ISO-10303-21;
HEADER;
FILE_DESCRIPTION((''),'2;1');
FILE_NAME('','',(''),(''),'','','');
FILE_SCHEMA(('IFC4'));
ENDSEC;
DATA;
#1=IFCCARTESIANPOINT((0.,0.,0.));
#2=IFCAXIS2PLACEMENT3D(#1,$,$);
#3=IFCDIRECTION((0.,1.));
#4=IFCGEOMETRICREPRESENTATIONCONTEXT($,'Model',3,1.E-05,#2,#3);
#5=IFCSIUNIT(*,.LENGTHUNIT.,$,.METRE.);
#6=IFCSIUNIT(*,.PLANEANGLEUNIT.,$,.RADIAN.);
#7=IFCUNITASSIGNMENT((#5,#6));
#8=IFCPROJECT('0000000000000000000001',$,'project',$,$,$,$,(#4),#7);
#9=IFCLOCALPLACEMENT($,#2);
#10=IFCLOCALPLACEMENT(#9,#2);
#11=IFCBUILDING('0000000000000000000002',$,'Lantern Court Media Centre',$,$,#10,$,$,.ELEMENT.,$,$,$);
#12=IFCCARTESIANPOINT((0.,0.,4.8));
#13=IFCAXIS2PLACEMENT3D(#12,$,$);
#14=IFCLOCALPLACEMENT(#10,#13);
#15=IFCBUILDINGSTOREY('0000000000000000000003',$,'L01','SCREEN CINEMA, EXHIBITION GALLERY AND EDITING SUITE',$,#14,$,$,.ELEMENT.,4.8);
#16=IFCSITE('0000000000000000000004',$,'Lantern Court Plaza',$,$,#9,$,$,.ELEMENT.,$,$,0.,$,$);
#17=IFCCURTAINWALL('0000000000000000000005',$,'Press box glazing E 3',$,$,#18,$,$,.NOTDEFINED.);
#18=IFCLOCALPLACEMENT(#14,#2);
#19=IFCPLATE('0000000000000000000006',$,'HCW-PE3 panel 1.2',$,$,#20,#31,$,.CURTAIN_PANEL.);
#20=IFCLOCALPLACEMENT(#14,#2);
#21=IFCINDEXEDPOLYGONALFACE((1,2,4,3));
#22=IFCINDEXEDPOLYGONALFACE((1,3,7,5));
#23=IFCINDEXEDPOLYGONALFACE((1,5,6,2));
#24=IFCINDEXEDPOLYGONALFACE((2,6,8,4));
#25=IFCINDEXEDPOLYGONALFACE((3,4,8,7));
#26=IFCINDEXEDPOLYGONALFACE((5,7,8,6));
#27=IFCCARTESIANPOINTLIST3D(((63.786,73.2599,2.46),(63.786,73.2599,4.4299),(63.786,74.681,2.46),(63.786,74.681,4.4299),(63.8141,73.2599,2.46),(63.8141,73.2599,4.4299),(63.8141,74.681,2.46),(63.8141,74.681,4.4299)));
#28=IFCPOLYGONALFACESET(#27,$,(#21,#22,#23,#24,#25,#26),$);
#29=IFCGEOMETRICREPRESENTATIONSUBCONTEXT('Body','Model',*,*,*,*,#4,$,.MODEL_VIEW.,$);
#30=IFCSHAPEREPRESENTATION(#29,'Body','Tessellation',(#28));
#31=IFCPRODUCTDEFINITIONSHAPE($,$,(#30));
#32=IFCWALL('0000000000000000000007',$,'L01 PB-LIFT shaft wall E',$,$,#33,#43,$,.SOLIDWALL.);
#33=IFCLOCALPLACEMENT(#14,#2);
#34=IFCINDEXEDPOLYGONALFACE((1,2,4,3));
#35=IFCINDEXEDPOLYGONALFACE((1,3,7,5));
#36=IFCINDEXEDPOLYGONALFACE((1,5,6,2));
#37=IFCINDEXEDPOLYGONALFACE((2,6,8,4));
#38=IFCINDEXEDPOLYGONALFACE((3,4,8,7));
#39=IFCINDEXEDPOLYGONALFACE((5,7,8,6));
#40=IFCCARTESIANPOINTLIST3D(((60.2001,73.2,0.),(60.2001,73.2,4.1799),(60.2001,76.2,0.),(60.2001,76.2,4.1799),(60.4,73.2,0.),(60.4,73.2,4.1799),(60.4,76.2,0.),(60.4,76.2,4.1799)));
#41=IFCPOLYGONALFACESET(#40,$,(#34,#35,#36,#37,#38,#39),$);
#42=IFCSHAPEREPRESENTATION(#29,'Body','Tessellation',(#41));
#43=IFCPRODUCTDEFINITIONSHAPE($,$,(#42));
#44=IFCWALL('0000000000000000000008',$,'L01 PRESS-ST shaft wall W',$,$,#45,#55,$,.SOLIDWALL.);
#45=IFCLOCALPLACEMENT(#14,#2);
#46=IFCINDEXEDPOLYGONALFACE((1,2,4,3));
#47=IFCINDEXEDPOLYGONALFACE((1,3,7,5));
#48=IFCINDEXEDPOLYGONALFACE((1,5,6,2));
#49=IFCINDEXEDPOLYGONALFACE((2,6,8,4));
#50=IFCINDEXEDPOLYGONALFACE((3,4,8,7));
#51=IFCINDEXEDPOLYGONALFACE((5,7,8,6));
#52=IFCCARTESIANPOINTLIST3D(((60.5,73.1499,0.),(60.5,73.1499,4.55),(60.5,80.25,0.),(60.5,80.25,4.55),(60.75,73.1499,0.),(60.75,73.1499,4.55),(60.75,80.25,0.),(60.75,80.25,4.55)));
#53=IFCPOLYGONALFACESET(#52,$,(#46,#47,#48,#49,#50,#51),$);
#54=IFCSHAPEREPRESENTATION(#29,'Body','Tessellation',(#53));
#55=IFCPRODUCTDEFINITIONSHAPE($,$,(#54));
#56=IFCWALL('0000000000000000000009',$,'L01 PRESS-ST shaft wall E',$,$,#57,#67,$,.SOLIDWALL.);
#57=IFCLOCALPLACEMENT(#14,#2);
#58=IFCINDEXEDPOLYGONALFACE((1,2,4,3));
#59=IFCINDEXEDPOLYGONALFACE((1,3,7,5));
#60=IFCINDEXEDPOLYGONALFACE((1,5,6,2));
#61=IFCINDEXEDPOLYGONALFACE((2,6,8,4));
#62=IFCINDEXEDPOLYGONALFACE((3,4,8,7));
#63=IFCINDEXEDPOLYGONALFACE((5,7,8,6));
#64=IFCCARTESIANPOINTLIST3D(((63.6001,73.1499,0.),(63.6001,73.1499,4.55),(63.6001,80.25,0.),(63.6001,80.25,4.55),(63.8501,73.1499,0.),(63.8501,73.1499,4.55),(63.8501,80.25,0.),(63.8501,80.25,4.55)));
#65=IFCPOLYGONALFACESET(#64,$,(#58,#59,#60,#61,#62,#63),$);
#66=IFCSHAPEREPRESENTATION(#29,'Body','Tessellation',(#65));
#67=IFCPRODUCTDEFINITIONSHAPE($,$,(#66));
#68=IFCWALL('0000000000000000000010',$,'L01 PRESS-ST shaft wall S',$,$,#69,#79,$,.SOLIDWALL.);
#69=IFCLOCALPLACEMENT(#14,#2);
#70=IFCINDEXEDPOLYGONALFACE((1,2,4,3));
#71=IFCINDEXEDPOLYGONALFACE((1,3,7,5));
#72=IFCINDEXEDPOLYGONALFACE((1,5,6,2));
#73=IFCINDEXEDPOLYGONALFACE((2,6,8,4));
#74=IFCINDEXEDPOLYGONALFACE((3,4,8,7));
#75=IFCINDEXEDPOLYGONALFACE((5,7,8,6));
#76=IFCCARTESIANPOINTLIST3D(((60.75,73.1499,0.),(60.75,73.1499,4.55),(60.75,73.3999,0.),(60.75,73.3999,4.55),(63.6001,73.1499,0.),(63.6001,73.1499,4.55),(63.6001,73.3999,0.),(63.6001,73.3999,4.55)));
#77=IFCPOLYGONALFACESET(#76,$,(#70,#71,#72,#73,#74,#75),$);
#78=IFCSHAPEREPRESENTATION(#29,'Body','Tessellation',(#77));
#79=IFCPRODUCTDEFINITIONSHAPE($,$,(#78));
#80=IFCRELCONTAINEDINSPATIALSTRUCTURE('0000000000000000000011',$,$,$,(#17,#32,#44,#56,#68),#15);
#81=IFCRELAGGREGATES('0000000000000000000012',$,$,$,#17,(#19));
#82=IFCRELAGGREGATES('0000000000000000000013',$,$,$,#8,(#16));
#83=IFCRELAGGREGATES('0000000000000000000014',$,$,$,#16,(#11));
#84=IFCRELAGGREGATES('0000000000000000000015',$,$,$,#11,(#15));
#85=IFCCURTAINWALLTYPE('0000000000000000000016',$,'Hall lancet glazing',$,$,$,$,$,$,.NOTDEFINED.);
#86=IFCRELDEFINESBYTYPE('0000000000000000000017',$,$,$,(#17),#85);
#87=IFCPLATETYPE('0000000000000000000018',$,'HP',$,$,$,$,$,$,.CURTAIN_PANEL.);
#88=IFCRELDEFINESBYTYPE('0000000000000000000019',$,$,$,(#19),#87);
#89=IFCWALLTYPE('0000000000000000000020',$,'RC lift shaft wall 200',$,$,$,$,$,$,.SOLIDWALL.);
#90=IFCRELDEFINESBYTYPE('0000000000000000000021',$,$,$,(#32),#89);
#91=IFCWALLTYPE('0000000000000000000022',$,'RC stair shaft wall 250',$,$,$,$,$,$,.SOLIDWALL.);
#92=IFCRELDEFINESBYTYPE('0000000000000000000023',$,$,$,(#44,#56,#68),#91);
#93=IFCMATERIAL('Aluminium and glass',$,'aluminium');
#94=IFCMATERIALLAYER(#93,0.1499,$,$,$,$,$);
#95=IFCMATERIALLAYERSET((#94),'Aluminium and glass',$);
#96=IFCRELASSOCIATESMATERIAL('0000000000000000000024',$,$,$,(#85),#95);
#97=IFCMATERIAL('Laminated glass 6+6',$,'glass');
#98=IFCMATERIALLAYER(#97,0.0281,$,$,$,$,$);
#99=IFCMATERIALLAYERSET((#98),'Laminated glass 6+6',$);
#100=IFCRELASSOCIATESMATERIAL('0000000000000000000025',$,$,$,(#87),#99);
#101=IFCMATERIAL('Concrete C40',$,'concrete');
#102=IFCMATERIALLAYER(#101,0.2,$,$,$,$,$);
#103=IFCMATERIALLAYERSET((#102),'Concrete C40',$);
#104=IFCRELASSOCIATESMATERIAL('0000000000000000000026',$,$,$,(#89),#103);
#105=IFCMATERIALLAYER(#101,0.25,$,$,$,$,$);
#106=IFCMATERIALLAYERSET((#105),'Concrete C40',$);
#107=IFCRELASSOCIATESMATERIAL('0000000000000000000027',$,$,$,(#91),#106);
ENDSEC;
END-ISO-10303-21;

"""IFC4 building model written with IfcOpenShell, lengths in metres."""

from ifc_helpers import new_model, si_unit, direction, frame, frame_2d, origin, origin_2d, place, context, subcontext, project, spatial, rectangle, extrude, material, layer, layer_set, type_object, element, aggregate, save


model = new_model("IFC4")

# Units and contexts
model_context = context("Model", 3, precision=1e-05, world=origin(), true_north=direction((0.0, 1.0)))
body_context = subcontext(model_context, "Body", "Model", "MODEL_VIEW")
ifc_project = project(units=[si_unit("LENGTHUNIT", "METRE"), si_unit("PLANEANGLEUNIT", "RADIAN")], contexts=[model_context])

# Site, building, storey
site_placement = place(None, origin())
site = spatial("IfcSite", under=ifc_project, at=site_placement, Name="Lantern Court Plaza", CompositionType="ELEMENT", RefElevation=0.0)
building_placement = place(site_placement, origin())
building = spatial("IfcBuilding", under=site, at=building_placement, Name="Lantern Court Media Centre", CompositionType="ELEMENT")
storey_placement = place(building_placement, frame((0.0, 0.0, 4.8)))
storey = spatial("IfcBuildingStorey", under=building, at=storey_placement, Name="L01", Description="SCREEN CINEMA, EXHIBITION GALLERY AND EDITING SUITE", CompositionType="ELEMENT", Elevation=4.8)

# Curtain wall
ifc_material_1 = material(Name="Aluminium and glass", Category="aluminium")
ifc_layer_1 = layer(ifc_material_1, 0.1499)
ifc_layer_set_1 = layer_set([ifc_layer_1], Name="Aluminium and glass")
curtain_wall_type = type_object("IfcCurtainWallType", Name="Hall lancet glazing", PredefinedType="NOTDEFINED", material=ifc_layer_set_1)
curtain_wall_1_placement = place(storey_placement, origin())
curtain_wall_1 = element("IfcCurtainWall", 1, at=curtain_wall_1_placement, inside=storey, type_object=curtain_wall_type, Name="Press box glazing E 3", PredefinedType="NOTDEFINED")

# Plate
ifc_material_2 = material(Name="Laminated glass 6+6", Category="glass")
ifc_layer_2 = layer(ifc_material_2, 0.0281)
ifc_layer_set_2 = layer_set([ifc_layer_2], Name="Laminated glass 6+6")
plate_type = type_object("IfcPlateType", Name="HP", PredefinedType="CURTAIN_PANEL", material=ifc_layer_set_2)
plate_1_placement = place(storey_placement, frame((63.8, 73.9705, 2.46), z_axis=(0.0, 0.0, 1.0), x_axis=(0.0, 1.0, 0.0)))
plate_1 = element("IfcPlate", 2, at=plate_1_placement, type_object=plate_type, Name="HCW-PE3 panel 1.2", PredefinedType="CURTAIN_PANEL", context=body_context, shape_type="SweptSolid", body=[
    extrude(rectangle(XDim=1.4211, YDim=0.0281, at=origin_2d()), origin(), (0.0, 0.0, 1.0), 1.97),
])
aggregate(curtain_wall_1, [plate_1])

# Walls
ifc_material_3 = material(Name="Concrete C40", Category="concrete")
ifc_layer_3 = layer(ifc_material_3, 0.2)
ifc_layer_set_3 = layer_set([ifc_layer_3], Name="Concrete C40")
wall_type_1 = type_object("IfcWallType", Name="RC lift shaft wall 200", PredefinedType="SOLIDWALL", material=ifc_layer_set_3)
wall_1_placement = place(storey_placement, frame((60.3, 73.2, 0.0), z_axis=(0.0, 0.0, 1.0), x_axis=(0.0, 1.0, 0.0)))
element("IfcWall", 3, at=wall_1_placement, inside=storey, type_object=wall_type_1, Name="L01 PB-LIFT shaft wall E", PredefinedType="SOLIDWALL", context=body_context, shape_type="SweptSolid", body=[
    extrude(rectangle(XDim=3.0, YDim=0.2, at=frame_2d((1.5, 0.0))), origin(), (0.0, 0.0, 1.0), 4.1799),
])
ifc_layer_4 = layer(ifc_material_3, 0.25)
ifc_layer_set_4 = layer_set([ifc_layer_4], Name="Concrete C40")
wall_type_2 = type_object("IfcWallType", Name="RC stair shaft wall 250", PredefinedType="SOLIDWALL", material=ifc_layer_set_4)
for number, where, z_axis, x_axis, name in (
    (4, (60.625, 73.1499, 0.0), (0.0, 0.0, 1.0), (0.0, 1.0, 0.0), "L01 PRESS-ST shaft wall W"),
    (5, (63.7251, 73.1499, 0.0), (0.0, 0.0, 1.0), (0.0, 1.0, 0.0), "L01 PRESS-ST shaft wall E"),
):
    element("IfcWall", number, at=place(storey_placement, frame(where, z_axis=z_axis, x_axis=x_axis)), inside=storey, type_object=wall_type_2, Name=name, PredefinedType="SOLIDWALL", context=body_context, shape_type="SweptSolid", body=[
        extrude(rectangle(XDim=7.1001, YDim=0.25, at=frame_2d((3.55, 0.0))), origin(), (0.0, 0.0, 1.0), 4.55),
    ])
wall_2_placement = place(storey_placement, frame((60.75, 73.2749, 0.0), z_axis=(0.0, 0.0, 1.0), x_axis=(1.0, 0.0, 0.0)))
element("IfcWall", 6, at=wall_2_placement, inside=storey, type_object=wall_type_2, Name="L01 PRESS-ST shaft wall S", PredefinedType="SOLIDWALL", context=body_context, shape_type="SweptSolid", body=[
    extrude(rectangle(XDim=2.8501, YDim=0.25, at=frame_2d((1.425, 0.0))), origin(), (0.0, 0.0, 1.0), 4.55),
])

save(model, "model.ifc")
